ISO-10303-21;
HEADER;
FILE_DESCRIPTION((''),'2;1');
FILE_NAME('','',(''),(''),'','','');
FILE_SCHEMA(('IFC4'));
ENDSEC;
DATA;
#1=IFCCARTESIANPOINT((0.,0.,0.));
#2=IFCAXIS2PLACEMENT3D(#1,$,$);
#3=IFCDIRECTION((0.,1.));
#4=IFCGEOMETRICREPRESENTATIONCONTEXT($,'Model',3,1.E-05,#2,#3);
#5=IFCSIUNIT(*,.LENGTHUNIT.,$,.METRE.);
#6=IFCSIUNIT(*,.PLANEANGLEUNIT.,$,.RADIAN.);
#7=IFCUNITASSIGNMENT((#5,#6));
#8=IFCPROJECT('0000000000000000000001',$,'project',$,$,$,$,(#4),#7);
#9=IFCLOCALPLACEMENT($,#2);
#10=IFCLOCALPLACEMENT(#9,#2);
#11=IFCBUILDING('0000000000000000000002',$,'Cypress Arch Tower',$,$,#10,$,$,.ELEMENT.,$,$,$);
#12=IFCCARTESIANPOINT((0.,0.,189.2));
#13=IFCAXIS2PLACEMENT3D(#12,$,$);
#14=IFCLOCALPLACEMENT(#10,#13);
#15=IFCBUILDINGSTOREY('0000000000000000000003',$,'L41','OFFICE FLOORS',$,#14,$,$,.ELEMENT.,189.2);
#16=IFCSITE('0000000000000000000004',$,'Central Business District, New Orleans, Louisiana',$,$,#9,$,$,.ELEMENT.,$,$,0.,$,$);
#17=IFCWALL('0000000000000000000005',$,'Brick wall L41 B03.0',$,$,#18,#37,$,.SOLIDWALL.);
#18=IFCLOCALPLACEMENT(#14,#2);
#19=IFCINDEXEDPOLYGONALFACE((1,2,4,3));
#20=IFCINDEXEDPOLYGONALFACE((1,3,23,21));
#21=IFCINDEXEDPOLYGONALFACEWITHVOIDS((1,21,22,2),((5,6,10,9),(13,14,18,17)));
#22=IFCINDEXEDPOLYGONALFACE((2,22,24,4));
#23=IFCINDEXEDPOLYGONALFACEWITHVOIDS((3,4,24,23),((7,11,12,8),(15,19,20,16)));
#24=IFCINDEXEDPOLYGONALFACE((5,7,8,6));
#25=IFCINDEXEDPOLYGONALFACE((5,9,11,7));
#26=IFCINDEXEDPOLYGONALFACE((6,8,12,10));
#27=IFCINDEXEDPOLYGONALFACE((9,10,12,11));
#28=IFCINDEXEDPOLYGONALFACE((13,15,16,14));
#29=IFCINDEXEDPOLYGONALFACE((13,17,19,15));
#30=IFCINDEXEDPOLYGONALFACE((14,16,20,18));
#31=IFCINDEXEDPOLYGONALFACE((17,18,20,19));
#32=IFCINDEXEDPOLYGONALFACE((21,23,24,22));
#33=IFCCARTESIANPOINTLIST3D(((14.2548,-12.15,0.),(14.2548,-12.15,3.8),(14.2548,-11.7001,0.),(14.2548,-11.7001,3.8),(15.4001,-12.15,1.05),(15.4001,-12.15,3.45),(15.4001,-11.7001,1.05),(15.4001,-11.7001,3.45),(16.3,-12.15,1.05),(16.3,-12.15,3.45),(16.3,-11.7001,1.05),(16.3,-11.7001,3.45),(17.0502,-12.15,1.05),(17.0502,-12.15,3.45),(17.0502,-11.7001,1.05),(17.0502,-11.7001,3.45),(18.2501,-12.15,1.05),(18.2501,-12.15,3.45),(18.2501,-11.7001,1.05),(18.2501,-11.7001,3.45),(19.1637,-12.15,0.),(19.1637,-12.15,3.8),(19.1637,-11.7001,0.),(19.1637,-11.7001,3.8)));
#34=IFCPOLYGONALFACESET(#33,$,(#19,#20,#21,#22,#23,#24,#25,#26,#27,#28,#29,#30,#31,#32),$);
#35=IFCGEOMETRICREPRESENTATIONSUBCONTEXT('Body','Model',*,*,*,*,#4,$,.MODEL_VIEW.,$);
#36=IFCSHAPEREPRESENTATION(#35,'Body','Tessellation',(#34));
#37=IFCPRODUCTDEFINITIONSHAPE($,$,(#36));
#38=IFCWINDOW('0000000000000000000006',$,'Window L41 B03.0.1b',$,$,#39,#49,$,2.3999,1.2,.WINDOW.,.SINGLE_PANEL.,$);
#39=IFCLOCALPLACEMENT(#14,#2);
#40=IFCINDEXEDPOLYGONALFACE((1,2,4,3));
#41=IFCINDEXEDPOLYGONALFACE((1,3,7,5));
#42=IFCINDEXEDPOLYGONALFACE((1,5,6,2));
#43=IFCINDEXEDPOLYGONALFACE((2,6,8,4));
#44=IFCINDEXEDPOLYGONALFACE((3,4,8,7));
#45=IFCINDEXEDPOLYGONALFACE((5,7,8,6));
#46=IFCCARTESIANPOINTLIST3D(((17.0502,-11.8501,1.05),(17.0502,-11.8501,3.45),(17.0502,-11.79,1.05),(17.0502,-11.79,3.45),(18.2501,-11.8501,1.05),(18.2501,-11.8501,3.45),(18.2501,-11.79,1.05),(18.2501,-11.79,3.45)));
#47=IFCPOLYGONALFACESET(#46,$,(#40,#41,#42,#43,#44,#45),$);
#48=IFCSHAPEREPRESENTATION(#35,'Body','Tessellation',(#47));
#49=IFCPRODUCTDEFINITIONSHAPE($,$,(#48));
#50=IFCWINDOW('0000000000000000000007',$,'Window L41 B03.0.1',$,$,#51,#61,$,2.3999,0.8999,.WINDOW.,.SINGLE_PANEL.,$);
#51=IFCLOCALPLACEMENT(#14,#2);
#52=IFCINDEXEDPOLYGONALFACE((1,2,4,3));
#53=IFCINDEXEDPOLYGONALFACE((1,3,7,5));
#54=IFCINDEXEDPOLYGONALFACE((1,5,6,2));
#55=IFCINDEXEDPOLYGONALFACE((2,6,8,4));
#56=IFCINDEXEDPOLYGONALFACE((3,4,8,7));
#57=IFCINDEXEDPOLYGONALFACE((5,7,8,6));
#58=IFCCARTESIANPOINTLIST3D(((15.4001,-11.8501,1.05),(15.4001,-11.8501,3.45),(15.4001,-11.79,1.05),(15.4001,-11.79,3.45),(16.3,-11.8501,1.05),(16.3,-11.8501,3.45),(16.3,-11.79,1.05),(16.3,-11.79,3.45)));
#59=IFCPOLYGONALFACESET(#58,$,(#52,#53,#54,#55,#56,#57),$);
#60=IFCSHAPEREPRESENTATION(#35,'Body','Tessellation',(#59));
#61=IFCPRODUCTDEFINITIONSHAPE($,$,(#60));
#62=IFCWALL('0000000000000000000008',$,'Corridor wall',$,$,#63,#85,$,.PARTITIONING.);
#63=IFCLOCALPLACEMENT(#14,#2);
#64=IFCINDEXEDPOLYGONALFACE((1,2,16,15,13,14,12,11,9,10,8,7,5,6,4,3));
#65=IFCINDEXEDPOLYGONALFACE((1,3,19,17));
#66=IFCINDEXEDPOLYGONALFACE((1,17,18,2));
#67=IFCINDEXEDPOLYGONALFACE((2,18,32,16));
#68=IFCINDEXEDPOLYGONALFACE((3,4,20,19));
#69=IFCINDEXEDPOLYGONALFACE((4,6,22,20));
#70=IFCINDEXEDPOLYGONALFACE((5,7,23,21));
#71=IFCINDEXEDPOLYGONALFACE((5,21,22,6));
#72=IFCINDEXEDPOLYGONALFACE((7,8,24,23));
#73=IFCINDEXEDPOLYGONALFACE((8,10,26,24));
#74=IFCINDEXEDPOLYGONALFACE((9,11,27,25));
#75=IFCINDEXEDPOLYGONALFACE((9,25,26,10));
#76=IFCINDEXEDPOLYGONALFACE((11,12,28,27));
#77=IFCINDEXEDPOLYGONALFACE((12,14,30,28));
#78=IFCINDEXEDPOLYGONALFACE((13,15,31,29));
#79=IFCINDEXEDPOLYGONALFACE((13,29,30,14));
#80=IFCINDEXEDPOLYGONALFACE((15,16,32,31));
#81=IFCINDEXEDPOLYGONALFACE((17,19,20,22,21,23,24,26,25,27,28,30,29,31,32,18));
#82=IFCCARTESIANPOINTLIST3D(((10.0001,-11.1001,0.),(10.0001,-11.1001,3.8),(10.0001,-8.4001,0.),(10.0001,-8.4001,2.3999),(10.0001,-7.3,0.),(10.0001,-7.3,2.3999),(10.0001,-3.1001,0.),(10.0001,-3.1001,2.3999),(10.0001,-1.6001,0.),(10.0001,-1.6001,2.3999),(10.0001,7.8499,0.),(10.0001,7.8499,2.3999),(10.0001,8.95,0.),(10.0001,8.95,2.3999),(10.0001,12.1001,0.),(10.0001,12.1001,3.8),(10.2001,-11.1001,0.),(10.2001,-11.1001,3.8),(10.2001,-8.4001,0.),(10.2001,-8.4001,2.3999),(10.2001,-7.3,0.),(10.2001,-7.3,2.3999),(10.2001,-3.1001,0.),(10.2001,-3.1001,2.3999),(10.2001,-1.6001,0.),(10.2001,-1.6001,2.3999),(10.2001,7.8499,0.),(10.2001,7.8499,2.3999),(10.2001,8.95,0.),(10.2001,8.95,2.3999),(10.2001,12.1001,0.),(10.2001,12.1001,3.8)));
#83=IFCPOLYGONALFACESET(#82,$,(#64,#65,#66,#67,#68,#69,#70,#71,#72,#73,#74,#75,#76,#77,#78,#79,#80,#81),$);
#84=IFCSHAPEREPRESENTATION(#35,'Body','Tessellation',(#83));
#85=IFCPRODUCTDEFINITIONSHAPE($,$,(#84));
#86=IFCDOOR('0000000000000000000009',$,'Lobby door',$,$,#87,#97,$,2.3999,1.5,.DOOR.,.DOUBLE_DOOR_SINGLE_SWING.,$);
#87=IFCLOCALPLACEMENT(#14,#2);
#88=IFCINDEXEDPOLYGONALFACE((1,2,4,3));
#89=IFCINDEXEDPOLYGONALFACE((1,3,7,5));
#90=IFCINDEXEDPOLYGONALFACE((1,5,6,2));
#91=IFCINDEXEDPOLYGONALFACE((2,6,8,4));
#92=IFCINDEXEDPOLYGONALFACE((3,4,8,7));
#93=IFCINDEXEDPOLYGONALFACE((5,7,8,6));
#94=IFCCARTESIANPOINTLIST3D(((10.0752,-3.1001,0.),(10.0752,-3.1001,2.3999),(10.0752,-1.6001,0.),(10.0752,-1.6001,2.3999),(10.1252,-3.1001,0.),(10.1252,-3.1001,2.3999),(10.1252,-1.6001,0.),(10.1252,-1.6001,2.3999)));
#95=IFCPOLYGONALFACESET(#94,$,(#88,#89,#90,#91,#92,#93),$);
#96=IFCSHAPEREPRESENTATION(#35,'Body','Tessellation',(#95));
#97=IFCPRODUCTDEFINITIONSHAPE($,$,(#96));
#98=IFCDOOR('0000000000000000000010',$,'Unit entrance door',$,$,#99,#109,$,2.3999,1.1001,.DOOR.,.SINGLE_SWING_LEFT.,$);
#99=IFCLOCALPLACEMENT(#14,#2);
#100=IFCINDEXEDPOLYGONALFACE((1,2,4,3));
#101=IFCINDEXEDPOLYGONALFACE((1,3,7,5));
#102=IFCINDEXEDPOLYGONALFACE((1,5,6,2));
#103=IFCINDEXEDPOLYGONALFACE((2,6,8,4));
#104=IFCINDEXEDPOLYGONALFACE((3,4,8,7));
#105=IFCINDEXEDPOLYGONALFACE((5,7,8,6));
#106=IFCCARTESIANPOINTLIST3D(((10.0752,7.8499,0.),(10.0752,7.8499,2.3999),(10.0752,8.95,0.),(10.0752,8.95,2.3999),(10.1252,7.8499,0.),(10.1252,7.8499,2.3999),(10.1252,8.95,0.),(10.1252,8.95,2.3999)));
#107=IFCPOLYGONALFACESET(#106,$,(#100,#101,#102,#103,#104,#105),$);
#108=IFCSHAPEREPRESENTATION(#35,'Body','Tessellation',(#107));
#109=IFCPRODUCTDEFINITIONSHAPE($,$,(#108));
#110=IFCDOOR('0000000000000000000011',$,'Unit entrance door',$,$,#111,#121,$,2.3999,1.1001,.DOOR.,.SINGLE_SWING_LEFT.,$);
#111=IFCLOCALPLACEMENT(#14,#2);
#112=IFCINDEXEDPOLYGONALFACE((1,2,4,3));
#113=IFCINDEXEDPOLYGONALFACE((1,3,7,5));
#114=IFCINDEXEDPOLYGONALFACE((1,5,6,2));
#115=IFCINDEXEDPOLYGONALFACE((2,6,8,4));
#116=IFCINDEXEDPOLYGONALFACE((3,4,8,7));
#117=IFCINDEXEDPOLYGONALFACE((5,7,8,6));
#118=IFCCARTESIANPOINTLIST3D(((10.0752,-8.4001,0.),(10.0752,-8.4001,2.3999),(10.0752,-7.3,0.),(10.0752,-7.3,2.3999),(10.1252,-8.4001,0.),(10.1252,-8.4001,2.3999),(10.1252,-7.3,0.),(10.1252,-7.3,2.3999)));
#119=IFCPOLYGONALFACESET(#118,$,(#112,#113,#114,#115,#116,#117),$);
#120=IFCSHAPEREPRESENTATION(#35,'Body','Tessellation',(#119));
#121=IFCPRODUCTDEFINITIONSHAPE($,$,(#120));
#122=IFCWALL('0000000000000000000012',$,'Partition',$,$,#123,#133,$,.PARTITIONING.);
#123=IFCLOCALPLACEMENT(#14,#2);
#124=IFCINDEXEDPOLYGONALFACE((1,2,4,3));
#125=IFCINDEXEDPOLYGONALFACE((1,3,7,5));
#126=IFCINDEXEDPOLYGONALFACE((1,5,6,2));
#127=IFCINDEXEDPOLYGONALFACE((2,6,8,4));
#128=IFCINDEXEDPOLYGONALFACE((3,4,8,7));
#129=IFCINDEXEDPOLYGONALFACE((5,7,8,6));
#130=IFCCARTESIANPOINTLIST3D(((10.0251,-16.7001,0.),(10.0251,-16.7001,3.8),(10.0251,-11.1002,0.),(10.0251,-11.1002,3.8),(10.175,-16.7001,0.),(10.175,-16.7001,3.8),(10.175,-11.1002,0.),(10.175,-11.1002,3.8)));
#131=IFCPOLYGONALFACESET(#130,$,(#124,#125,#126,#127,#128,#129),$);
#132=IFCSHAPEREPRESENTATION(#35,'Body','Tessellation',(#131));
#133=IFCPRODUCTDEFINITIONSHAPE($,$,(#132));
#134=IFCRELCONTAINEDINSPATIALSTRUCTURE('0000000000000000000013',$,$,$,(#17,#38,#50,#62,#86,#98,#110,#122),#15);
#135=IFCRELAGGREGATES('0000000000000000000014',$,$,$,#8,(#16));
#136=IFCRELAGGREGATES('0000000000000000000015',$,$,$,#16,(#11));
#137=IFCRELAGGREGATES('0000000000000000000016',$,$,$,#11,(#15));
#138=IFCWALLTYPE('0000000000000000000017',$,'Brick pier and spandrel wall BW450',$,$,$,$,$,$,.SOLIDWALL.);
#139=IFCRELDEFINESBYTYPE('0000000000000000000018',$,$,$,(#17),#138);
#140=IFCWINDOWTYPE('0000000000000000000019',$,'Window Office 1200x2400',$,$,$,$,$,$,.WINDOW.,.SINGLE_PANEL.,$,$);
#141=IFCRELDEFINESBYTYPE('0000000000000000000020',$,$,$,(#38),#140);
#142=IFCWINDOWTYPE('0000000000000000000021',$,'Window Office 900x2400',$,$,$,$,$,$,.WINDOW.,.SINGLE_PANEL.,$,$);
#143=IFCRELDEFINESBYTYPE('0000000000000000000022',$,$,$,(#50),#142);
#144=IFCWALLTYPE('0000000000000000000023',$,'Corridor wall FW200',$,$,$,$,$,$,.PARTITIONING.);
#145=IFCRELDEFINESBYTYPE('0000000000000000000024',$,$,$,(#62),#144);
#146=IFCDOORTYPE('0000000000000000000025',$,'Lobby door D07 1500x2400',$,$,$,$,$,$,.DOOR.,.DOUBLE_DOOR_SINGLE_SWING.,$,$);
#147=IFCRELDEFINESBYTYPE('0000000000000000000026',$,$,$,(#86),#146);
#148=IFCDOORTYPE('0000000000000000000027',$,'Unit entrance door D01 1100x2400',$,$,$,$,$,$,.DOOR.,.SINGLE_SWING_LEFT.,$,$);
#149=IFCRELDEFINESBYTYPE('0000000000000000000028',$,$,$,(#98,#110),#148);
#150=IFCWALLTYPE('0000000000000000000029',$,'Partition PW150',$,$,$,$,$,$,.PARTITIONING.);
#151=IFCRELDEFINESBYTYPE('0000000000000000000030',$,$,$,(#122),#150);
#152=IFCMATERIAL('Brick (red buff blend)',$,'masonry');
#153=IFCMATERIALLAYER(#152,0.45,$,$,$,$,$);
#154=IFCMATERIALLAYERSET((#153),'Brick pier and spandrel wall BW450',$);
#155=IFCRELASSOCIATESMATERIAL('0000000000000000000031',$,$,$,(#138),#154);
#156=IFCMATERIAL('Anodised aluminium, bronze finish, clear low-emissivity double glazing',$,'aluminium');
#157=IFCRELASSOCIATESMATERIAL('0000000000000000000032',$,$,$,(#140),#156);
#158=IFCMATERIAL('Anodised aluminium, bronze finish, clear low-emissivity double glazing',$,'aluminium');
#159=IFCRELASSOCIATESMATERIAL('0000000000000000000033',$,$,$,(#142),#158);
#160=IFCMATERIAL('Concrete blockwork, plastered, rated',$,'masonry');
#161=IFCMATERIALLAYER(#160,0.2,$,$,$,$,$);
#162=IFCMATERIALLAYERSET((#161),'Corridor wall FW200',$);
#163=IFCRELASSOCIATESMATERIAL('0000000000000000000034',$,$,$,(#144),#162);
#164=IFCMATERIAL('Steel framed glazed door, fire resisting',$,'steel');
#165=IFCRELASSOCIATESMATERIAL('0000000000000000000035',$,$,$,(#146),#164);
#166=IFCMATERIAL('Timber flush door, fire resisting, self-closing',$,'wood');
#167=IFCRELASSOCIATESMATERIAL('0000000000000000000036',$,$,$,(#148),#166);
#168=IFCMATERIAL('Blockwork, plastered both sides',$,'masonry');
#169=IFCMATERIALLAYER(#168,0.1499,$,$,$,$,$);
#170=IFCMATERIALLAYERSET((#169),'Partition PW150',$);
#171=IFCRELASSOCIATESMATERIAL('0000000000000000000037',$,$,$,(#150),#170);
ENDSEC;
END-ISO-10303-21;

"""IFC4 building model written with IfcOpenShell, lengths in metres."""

from ifc_helpers import new_model, si_unit, direction, frame, frame_2d, origin, place, context, subcontext, project, spatial, rectangle, extrude, material, layer, layer_set, type_object, element, fill, save


model = new_model("IFC4")

# Units and contexts
model_context = context("Model", 3, precision=1e-05, world=origin(), true_north=direction((0.0, 1.0)))
body_context = subcontext(model_context, "Body", "Model", "MODEL_VIEW")
ifc_project = project(units=[si_unit("LENGTHUNIT", "METRE"), si_unit("PLANEANGLEUNIT", "RADIAN")], contexts=[model_context])

# Site, building, storey
site_placement = place(None, origin())
site = spatial("IfcSite", under=ifc_project, at=site_placement, Name="Central Business District, New Orleans, Louisiana", CompositionType="ELEMENT", RefElevation=0.0)
building_placement = place(site_placement, origin())
building = spatial("IfcBuilding", under=site, at=building_placement, Name="Cypress Arch Tower", CompositionType="ELEMENT")
storey_placement = place(building_placement, frame((0.0, 0.0, 189.2)))
storey = spatial("IfcBuildingStorey", under=building, at=storey_placement, Name="L41", Description="OFFICE FLOORS", CompositionType="ELEMENT", Elevation=189.2)

# Shared definitions
ifc_material_1 = material(Name="Brick (red buff blend)", Category="masonry")
ifc_layer_1 = layer(ifc_material_1, 0.45)
ifc_layer_set_1 = layer_set([ifc_layer_1], Name="Brick pier and spandrel wall BW450")
wall_type_1 = type_object("IfcWallType", Name="Brick pier and spandrel wall BW450", PredefinedType="SOLIDWALL", material=ifc_layer_set_1)

# Wall, openings, windows
wall_1_placement = place(storey_placement, frame((14.2546, -11.925, 0.0), z_axis=(0.0, 0.0, 1.0), x_axis=(1.0, 0.0, 0.0)))
wall_1 = element("IfcWall", 1, at=wall_1_placement, inside=storey, type_object=wall_type_1, Name="Brick wall L41 B03.0", PredefinedType="SOLIDWALL", context=body_context, shape_type="SweptSolid", body=[
    extrude(rectangle(XDim=4.9089, YDim=0.45, at=frame_2d((2.4546, 0.0))), origin(), (0.0, 0.0, 1.0), 3.8),
])
opening_1_placement = place(wall_1_placement, frame((1.1455, 0.0, 1.05)))
opening_1 = element("IfcOpeningElement", 2, at=opening_1_placement, cuts=wall_1, PredefinedType="OPENING", context=body_context, shape_type="SweptSolid", body=[
    extrude(rectangle(XDim=0.8999, YDim=2.3999, at=frame_2d((0.45, 1.2))), frame((0.0, 0.2349, 0.0), z_axis=(0.0, -1.0, 0.0), x_axis=(1.0, 0.0, 0.0)), (0.0, 0.0, 1.0), 0.47),
])
opening_2_placement = place(wall_1_placement, frame((2.7954, 0.0, 1.05)))
opening_2 = element("IfcOpeningElement", 3, at=opening_2_placement, cuts=wall_1, PredefinedType="OPENING", context=body_context, shape_type="SweptSolid", body=[
    extrude(rectangle(XDim=1.2, YDim=2.3999, at=frame_2d((0.6001, 1.2))), frame((0.0, 0.2349, 0.0), z_axis=(0.0, -1.0, 0.0), x_axis=(1.0, 0.0, 0.0)), (0.0, 0.0, 1.0), 0.47),
])
ifc_material_2 = material(Name="Anodised aluminium, bronze finish, clear low-emissivity double glazing", Category="aluminium")
window_type_1 = type_object("IfcWindowType", Name="Window Office 1200x2400", PartitioningType="SINGLE_PANEL", PredefinedType="WINDOW", material=ifc_material_2)
window_1_placement = place(opening_2_placement, origin())
window_1 = element("IfcWindow", 4, at=window_1_placement, inside=storey, type_object=window_type_1, Name="Window L41 B03.0.1b", OverallHeight=2.3999, OverallWidth=1.2, PartitioningType="SINGLE_PANEL", PredefinedType="WINDOW", context=body_context, shape_type="SweptSolid", body=[
    extrude(rectangle(XDim=1.2, YDim=2.3999, at=frame_2d((0.6001, 1.2))), frame((0.0, 0.135, 0.0), z_axis=(0.0, -1.0, 0.0), x_axis=(1.0, 0.0, 0.0)), (0.0, 0.0, 1.0), 0.0601),
])
fill(opening_2, window_1)
ifc_material_3 = material(Name="Anodised aluminium, bronze finish, clear low-emissivity double glazing", Category="aluminium")
window_type_2 = type_object("IfcWindowType", Name="Window Office 900x2400", PartitioningType="SINGLE_PANEL", PredefinedType="WINDOW", material=ifc_material_3)
window_2_placement = place(opening_1_placement, origin())
window_2 = element("IfcWindow", 5, at=window_2_placement, inside=storey, type_object=window_type_2, Name="Window L41 B03.0.1", OverallHeight=2.3999, OverallWidth=0.8999, PartitioningType="SINGLE_PANEL", PredefinedType="WINDOW", context=body_context, shape_type="SweptSolid", body=[
    extrude(rectangle(XDim=0.8999, YDim=2.3999, at=frame_2d((0.45, 1.2))), frame((0.0, 0.135, 0.0), z_axis=(0.0, -1.0, 0.0), x_axis=(1.0, 0.0, 0.0)), (0.0, 0.0, 1.0), 0.0601),
])
fill(opening_1, window_2)

# Wall, openings, doors
ifc_material_4 = material(Name="Concrete blockwork, plastered, rated", Category="masonry")
ifc_layer_2 = layer(ifc_material_4, 0.2)
ifc_layer_set_2 = layer_set([ifc_layer_2], Name="Corridor wall FW200")
wall_type_2 = type_object("IfcWallType", Name="Corridor wall FW200", PredefinedType="PARTITIONING", material=ifc_layer_set_2)
wall_2_placement = place(storey_placement, frame((10.1001, -11.1001, 0.0), z_axis=(0.0, 0.0, 1.0), x_axis=(0.0, 1.0, 0.0)))
wall_2 = element("IfcWall", 6, at=wall_2_placement, inside=storey, type_object=wall_type_2, Name="Corridor wall", PredefinedType="PARTITIONING", context=body_context, shape_type="SweptSolid", body=[
    extrude(rectangle(XDim=23.2002, YDim=0.2, at=frame_2d((11.6001, 0.0))), origin(), (0.0, 0.0, 1.0), 3.8),
])
opening_3_placement = place(wall_2_placement, frame((8.0, 0.0, 0.0)))
opening_3 = element("IfcOpeningElement", 7, at=opening_3_placement, cuts=wall_2, PredefinedType="OPENING", context=body_context, shape_type="SweptSolid", body=[
    extrude(rectangle(XDim=1.5, YDim=2.3999, at=frame_2d((0.75, 1.2))), frame((0.0, 0.1099, 0.0), z_axis=(0.0, -1.0, 0.0), x_axis=(1.0, 0.0, 0.0)), (0.0, 0.0, 1.0), 0.22),
])
opening_4_placement = place(wall_2_placement, frame((18.95, 0.0, 0.0)))
opening_4 = element("IfcOpeningElement", 8, at=opening_4_placement, cuts=wall_2, PredefinedType="OPENING", context=body_context, shape_type="SweptSolid", body=[
    extrude(rectangle(XDim=1.1001, YDim=2.3999, at=frame_2d((0.55, 1.2))), frame((0.0, 0.1099, 0.0), z_axis=(0.0, -1.0, 0.0), x_axis=(1.0, 0.0, 0.0)), (0.0, 0.0, 1.0), 0.22),
])
opening_5_placement = place(wall_2_placement, frame((2.7, 0.0, 0.0)))
opening_5 = element("IfcOpeningElement", 9, at=opening_5_placement, cuts=wall_2, PredefinedType="OPENING", context=body_context, shape_type="SweptSolid", body=[
    extrude(rectangle(XDim=1.1001, YDim=2.3999, at=frame_2d((0.55, 1.2))), frame((0.0, 0.1099, 0.0), z_axis=(0.0, -1.0, 0.0), x_axis=(1.0, 0.0, 0.0)), (0.0, 0.0, 1.0), 0.22),
])
ifc_material_5 = material(Name="Steel framed glazed door, fire resisting", Category="steel")
door_type_1 = type_object("IfcDoorType", Name="Lobby door D07 1500x2400", OperationType="DOUBLE_DOOR_SINGLE_SWING", PredefinedType="DOOR", material=ifc_material_5)
door_1_placement = place(opening_3_placement, origin())
door_1 = element("IfcDoor", 10, at=door_1_placement, inside=storey, type_object=door_type_1, Name="Lobby door", OperationType="DOUBLE_DOOR_SINGLE_SWING", OverallHeight=2.3999, OverallWidth=1.5, PredefinedType="DOOR", context=body_context, shape_type="SweptSolid", body=[
    extrude(rectangle(XDim=1.5, YDim=2.3999, at=frame_2d((0.75, 1.2))), frame((0.0, 0.0249, 0.0), z_axis=(0.0, -1.0, 0.0), x_axis=(1.0, 0.0, 0.0)), (0.0, 0.0, 1.0), 0.05),
])
fill(opening_3, door_1)
ifc_material_6 = material(Name="Timber flush door, fire resisting, self-closing", Category="wood")
door_type_2 = type_object("IfcDoorType", Name="Unit entrance door D01 1100x2400", OperationType="SINGLE_SWING_LEFT", PredefinedType="DOOR", material=ifc_material_6)
door_2_placement = place(opening_4_placement, origin())
door_2 = element("IfcDoor", 11, at=door_2_placement, inside=storey, type_object=door_type_2, Name="Unit entrance door", OperationType="SINGLE_SWING_LEFT", OverallHeight=2.3999, OverallWidth=1.1001, PredefinedType="DOOR", context=body_context, shape_type="SweptSolid", body=[
    extrude(rectangle(XDim=1.1001, YDim=2.3999, at=frame_2d((0.55, 1.2))), frame((0.0, 0.0249, 0.0), z_axis=(0.0, -1.0, 0.0), x_axis=(1.0, 0.0, 0.0)), (0.0, 0.0, 1.0), 0.05),
])
fill(opening_4, door_2)
door_3_placement = place(opening_5_placement, origin())
door_3 = element("IfcDoor", 12, at=door_3_placement, inside=storey, type_object=door_type_2, Name="Unit entrance door", OperationType="SINGLE_SWING_LEFT", OverallHeight=2.3999, OverallWidth=1.1001, PredefinedType="DOOR", context=body_context, shape_type="SweptSolid", body=[
    extrude(rectangle(XDim=1.1001, YDim=2.3999, at=frame_2d((0.55, 1.2))), frame((0.0, 0.0249, 0.0), z_axis=(0.0, -1.0, 0.0), x_axis=(1.0, 0.0, 0.0)), (0.0, 0.0, 1.0), 0.05),
])
fill(opening_5, door_3)

# Wall
ifc_material_7 = material(Name="Blockwork, plastered both sides", Category="masonry")
ifc_layer_3 = layer(ifc_material_7, 0.1499)
ifc_layer_set_3 = layer_set([ifc_layer_3], Name="Partition PW150")
wall_type_3 = type_object("IfcWallType", Name="Partition PW150", PredefinedType="PARTITIONING", material=ifc_layer_set_3)
wall_3_placement = place(storey_placement, frame((10.1001, -16.7, 0.0), z_axis=(0.0, 0.0, 1.0), x_axis=(0.0, 1.0, 0.0)))
element("IfcWall", 13, at=wall_3_placement, inside=storey, type_object=wall_type_3, Name="Partition", PredefinedType="PARTITIONING", context=body_context, shape_type="SweptSolid", body=[
    extrude(rectangle(XDim=5.5999, YDim=0.1499, at=frame_2d((2.7998, 0.0))), origin(), (0.0, 0.0, 1.0), 3.8),
])

save(model, "model.ifc")
